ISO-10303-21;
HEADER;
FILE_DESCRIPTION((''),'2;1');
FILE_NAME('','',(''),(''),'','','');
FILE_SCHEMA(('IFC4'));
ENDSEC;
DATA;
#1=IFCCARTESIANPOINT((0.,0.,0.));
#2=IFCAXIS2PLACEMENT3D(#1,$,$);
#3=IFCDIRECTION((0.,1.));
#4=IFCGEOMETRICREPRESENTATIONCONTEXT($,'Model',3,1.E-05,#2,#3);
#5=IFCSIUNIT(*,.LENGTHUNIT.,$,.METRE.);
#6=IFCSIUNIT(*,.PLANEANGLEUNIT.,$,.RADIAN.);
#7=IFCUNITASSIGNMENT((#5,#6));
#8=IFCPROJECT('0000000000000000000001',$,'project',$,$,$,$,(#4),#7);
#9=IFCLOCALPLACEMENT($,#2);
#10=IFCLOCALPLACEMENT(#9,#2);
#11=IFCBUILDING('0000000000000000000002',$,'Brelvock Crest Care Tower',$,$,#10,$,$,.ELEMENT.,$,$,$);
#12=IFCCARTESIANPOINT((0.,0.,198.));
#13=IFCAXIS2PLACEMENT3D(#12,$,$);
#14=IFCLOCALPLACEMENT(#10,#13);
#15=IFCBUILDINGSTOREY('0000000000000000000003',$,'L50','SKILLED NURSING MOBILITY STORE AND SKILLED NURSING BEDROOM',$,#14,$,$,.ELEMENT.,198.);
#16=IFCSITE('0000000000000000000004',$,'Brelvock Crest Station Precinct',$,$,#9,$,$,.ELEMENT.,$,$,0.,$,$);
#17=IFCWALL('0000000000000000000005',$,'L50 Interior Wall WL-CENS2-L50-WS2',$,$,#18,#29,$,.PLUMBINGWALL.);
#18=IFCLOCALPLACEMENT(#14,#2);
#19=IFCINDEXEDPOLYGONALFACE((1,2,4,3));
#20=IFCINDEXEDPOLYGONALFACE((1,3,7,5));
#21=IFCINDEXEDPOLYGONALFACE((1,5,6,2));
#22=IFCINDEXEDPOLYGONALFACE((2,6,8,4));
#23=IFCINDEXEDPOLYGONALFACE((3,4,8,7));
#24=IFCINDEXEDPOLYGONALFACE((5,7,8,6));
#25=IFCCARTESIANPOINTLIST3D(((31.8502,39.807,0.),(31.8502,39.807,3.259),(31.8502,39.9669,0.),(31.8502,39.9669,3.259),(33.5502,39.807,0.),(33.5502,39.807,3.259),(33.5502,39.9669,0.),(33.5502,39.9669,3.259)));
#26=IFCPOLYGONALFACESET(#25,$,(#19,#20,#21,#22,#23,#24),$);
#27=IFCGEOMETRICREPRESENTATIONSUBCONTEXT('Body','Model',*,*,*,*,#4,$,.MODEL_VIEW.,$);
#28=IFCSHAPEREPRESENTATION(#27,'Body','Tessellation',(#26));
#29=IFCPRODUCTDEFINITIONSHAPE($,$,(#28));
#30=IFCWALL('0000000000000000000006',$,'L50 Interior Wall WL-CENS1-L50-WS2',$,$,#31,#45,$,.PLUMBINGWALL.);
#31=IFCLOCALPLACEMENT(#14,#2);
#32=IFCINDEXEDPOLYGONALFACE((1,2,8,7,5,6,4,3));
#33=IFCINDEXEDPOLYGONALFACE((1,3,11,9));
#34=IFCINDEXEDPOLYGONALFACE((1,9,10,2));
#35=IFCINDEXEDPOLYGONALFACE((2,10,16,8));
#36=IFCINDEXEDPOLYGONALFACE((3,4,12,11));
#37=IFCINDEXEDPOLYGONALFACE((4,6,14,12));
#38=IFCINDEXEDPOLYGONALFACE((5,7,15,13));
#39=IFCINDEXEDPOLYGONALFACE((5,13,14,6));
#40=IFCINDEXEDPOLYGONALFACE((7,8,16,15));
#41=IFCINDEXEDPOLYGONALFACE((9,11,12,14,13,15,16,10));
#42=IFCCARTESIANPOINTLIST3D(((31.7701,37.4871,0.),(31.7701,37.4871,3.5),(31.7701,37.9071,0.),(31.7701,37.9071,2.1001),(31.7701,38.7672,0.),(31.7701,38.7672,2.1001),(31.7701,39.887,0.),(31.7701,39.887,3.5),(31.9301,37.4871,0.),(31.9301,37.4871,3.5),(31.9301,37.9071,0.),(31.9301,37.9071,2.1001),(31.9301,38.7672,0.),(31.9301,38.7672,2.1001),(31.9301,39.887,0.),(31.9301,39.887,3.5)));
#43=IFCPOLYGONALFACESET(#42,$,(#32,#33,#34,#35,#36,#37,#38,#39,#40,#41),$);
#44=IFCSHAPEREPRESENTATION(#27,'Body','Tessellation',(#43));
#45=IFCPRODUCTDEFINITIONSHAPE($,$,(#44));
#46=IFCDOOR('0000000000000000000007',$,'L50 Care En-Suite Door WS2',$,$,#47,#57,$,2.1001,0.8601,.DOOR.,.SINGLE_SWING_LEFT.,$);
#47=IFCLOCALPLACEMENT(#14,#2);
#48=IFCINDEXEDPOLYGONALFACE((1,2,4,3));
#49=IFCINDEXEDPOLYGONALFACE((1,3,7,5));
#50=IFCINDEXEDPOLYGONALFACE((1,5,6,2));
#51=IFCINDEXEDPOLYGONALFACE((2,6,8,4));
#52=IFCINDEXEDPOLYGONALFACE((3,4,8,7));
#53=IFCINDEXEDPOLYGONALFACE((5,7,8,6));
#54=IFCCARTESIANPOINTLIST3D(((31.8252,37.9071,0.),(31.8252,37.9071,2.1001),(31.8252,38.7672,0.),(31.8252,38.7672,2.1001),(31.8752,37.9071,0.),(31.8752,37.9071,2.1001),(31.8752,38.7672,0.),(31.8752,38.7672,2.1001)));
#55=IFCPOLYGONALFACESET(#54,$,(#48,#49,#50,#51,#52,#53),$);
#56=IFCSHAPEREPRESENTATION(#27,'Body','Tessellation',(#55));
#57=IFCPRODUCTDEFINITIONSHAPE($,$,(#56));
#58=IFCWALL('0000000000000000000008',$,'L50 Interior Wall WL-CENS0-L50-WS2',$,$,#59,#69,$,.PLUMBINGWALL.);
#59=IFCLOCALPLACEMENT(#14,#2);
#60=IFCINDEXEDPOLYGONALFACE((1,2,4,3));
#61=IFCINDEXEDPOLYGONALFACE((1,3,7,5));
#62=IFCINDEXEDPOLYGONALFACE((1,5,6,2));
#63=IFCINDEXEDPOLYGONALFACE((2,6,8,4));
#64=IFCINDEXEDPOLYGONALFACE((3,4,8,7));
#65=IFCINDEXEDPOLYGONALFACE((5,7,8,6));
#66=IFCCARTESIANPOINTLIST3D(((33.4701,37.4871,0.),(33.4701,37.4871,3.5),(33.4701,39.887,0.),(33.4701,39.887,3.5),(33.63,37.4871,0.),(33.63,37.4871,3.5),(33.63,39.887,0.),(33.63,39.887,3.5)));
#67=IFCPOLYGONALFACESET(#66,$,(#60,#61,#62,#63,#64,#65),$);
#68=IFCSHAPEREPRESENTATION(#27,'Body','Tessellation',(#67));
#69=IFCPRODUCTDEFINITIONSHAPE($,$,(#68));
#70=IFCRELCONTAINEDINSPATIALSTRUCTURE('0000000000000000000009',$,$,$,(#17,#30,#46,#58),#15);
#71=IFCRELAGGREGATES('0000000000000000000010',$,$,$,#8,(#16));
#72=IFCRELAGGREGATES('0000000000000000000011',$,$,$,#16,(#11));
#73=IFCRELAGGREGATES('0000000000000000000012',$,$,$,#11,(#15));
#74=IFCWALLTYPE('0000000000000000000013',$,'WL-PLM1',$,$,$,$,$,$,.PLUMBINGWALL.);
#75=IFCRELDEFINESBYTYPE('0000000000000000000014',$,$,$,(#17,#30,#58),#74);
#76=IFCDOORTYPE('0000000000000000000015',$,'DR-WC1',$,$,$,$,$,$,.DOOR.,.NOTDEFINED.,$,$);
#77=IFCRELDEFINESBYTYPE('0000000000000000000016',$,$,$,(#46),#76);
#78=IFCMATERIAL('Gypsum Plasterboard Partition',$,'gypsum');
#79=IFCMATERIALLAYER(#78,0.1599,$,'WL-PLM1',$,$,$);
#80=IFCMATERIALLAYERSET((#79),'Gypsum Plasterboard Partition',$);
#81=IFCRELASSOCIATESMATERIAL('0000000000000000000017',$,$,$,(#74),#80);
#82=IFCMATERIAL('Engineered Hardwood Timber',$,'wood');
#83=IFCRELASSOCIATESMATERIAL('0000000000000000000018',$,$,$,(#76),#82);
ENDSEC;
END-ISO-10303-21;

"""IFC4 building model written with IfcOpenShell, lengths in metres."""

from ifc_helpers import new_model, si_unit, direction, frame, frame_2d, origin, origin_2d, place, context, subcontext, project, spatial, rectangle, extrude, source, transform, mapped, material, layer, layer_set, type_object, element, fill, save


model = new_model("IFC4")

# Units and contexts
model_context = context("Model", 3, precision=1e-05, world=origin(), true_north=direction((0.0, 1.0)))
body_context = subcontext(model_context, "Body", "Model", "MODEL_VIEW")
ifc_project = project(units=[si_unit("LENGTHUNIT", "METRE"), si_unit("PLANEANGLEUNIT", "RADIAN")], contexts=[model_context])

# Site, building, storey
site_placement = place(None, origin())
site = spatial("IfcSite", under=ifc_project, at=site_placement, Name="Brelvock Crest Station Precinct", CompositionType="ELEMENT", RefElevation=0.0)
building_placement = place(site_placement, origin())
building = spatial("IfcBuilding", under=site, at=building_placement, Name="Brelvock Crest Care Tower", CompositionType="ELEMENT")
storey_placement = place(building_placement, frame((0.0, 0.0, 198.0)))
storey = spatial("IfcBuildingStorey", under=building, at=storey_placement, Name="L50", Description="SKILLED NURSING MOBILITY STORE AND SKILLED NURSING BEDROOM", CompositionType="ELEMENT", Elevation=198.0)

# Shared definitions
ifc_material_1 = material(Name="Engineered Hardwood Timber", Category="wood")

# Wall
ifc_material_2 = material(Name="Gypsum Plasterboard Partition", Category="gypsum")
ifc_layer_1 = layer(ifc_material_2, 0.1599, Name="WL-PLM1")
ifc_layer_set_1 = layer_set([ifc_layer_1], Name="Gypsum Plasterboard Partition")
wall_type_1 = type_object("IfcWallType", Name="WL-PLM1", PredefinedType="PLUMBINGWALL", material=ifc_layer_set_1)
wall_1_placement = place(storey_placement, frame((31.8501, 39.887, 0.0), z_axis=(0.0, 0.0, 1.0), x_axis=(1.0, 0.0, 0.0)))
element("IfcWall", 1, at=wall_1_placement, inside=storey, type_object=wall_type_1, Name="L50 Interior Wall WL-CENS2-L50-WS2", PredefinedType="PLUMBINGWALL", context=body_context, shape_type="SweptSolid", body=[
    extrude(rectangle(XDim=1.7, YDim=0.1599, at=frame_2d((0.8501, 0.0))), origin(), (0.0, 0.0, 1.0), 3.259),
])

# Wall, opening, door
wall_2_placement = place(storey_placement, frame((31.8501, 37.4871, 0.0), z_axis=(0.0, 0.0, 1.0), x_axis=(0.0, 1.0, 0.0)))
wall_2 = element("IfcWall", 2, at=wall_2_placement, inside=storey, type_object=wall_type_1, Name="L50 Interior Wall WL-CENS1-L50-WS2", PredefinedType="PLUMBINGWALL", context=body_context, shape_type="SweptSolid", body=[
    extrude(rectangle(XDim=2.3999, YDim=0.1599, at=frame_2d((1.2, 0.0))), origin(), (0.0, 0.0, 1.0), 3.5),
])
opening_1_placement = place(wall_2_placement, frame((0.4199, 0.0, 0.0)))
opening_1 = element("IfcOpeningElement", 3, at=opening_1_placement, cuts=wall_2, PredefinedType="OPENING", context=body_context, shape_type="SweptSolid", body=[
    extrude(rectangle(XDim=0.8601, YDim=2.1001, at=origin_2d()), frame((0.4302, 0.0898, 1.05), z_axis=(0.0, -1.0, 0.0), x_axis=(1.0, 0.0, 0.0)), (0.0, 0.0, 1.0), 0.1799),
])
door_type_1 = type_object("IfcDoorType", Name="DR-WC1", OperationType="NOTDEFINED", PredefinedType="DOOR", material=ifc_material_1)
shared_shape_1 = source(origin(), body_context, "Body", "SweptSolid", [
    extrude(rectangle(XDim=0.8601, YDim=2.1001, at=origin_2d()), frame((0.4302, 0.0249, 1.05), z_axis=(0.0, -1.0, 0.0), x_axis=(1.0, 0.0, 0.0)), (0.0, 0.0, 1.0), 0.05),
])
door_1_placement = place(opening_1_placement, origin())
door_1 = element("IfcDoor", 4, at=door_1_placement, inside=storey, type_object=door_type_1, Name="L50 Care En-Suite Door WS2", OperationType="SINGLE_SWING_LEFT", OverallHeight=2.1001, OverallWidth=0.8601, PredefinedType="DOOR", context=body_context, shape_type="MappedRepresentation", body=[
    mapped(shared_shape_1, transform((0.0, 0.0, 0.0), x_axis=(1.0, 0.0, 0.0), y_axis=(0.0, 1.0, 0.0), z_axis=(0.0, 0.0, 1.0), scale=1.0)),
])
fill(opening_1, door_1)

# Wall
wall_3_placement = place(storey_placement, frame((33.55, 37.4871, 0.0), z_axis=(0.0, 0.0, 1.0), x_axis=(0.0, 1.0, 0.0)))
element("IfcWall", 5, at=wall_3_placement, inside=storey, type_object=wall_type_1, Name="L50 Interior Wall WL-CENS0-L50-WS2", PredefinedType="PLUMBINGWALL", context=body_context, shape_type="SweptSolid", body=[
    extrude(rectangle(XDim=2.3999, YDim=0.1599, at=frame_2d((1.2, 0.0))), origin(), (0.0, 0.0, 1.0), 3.5),
])

save(model, "model.ifc")
